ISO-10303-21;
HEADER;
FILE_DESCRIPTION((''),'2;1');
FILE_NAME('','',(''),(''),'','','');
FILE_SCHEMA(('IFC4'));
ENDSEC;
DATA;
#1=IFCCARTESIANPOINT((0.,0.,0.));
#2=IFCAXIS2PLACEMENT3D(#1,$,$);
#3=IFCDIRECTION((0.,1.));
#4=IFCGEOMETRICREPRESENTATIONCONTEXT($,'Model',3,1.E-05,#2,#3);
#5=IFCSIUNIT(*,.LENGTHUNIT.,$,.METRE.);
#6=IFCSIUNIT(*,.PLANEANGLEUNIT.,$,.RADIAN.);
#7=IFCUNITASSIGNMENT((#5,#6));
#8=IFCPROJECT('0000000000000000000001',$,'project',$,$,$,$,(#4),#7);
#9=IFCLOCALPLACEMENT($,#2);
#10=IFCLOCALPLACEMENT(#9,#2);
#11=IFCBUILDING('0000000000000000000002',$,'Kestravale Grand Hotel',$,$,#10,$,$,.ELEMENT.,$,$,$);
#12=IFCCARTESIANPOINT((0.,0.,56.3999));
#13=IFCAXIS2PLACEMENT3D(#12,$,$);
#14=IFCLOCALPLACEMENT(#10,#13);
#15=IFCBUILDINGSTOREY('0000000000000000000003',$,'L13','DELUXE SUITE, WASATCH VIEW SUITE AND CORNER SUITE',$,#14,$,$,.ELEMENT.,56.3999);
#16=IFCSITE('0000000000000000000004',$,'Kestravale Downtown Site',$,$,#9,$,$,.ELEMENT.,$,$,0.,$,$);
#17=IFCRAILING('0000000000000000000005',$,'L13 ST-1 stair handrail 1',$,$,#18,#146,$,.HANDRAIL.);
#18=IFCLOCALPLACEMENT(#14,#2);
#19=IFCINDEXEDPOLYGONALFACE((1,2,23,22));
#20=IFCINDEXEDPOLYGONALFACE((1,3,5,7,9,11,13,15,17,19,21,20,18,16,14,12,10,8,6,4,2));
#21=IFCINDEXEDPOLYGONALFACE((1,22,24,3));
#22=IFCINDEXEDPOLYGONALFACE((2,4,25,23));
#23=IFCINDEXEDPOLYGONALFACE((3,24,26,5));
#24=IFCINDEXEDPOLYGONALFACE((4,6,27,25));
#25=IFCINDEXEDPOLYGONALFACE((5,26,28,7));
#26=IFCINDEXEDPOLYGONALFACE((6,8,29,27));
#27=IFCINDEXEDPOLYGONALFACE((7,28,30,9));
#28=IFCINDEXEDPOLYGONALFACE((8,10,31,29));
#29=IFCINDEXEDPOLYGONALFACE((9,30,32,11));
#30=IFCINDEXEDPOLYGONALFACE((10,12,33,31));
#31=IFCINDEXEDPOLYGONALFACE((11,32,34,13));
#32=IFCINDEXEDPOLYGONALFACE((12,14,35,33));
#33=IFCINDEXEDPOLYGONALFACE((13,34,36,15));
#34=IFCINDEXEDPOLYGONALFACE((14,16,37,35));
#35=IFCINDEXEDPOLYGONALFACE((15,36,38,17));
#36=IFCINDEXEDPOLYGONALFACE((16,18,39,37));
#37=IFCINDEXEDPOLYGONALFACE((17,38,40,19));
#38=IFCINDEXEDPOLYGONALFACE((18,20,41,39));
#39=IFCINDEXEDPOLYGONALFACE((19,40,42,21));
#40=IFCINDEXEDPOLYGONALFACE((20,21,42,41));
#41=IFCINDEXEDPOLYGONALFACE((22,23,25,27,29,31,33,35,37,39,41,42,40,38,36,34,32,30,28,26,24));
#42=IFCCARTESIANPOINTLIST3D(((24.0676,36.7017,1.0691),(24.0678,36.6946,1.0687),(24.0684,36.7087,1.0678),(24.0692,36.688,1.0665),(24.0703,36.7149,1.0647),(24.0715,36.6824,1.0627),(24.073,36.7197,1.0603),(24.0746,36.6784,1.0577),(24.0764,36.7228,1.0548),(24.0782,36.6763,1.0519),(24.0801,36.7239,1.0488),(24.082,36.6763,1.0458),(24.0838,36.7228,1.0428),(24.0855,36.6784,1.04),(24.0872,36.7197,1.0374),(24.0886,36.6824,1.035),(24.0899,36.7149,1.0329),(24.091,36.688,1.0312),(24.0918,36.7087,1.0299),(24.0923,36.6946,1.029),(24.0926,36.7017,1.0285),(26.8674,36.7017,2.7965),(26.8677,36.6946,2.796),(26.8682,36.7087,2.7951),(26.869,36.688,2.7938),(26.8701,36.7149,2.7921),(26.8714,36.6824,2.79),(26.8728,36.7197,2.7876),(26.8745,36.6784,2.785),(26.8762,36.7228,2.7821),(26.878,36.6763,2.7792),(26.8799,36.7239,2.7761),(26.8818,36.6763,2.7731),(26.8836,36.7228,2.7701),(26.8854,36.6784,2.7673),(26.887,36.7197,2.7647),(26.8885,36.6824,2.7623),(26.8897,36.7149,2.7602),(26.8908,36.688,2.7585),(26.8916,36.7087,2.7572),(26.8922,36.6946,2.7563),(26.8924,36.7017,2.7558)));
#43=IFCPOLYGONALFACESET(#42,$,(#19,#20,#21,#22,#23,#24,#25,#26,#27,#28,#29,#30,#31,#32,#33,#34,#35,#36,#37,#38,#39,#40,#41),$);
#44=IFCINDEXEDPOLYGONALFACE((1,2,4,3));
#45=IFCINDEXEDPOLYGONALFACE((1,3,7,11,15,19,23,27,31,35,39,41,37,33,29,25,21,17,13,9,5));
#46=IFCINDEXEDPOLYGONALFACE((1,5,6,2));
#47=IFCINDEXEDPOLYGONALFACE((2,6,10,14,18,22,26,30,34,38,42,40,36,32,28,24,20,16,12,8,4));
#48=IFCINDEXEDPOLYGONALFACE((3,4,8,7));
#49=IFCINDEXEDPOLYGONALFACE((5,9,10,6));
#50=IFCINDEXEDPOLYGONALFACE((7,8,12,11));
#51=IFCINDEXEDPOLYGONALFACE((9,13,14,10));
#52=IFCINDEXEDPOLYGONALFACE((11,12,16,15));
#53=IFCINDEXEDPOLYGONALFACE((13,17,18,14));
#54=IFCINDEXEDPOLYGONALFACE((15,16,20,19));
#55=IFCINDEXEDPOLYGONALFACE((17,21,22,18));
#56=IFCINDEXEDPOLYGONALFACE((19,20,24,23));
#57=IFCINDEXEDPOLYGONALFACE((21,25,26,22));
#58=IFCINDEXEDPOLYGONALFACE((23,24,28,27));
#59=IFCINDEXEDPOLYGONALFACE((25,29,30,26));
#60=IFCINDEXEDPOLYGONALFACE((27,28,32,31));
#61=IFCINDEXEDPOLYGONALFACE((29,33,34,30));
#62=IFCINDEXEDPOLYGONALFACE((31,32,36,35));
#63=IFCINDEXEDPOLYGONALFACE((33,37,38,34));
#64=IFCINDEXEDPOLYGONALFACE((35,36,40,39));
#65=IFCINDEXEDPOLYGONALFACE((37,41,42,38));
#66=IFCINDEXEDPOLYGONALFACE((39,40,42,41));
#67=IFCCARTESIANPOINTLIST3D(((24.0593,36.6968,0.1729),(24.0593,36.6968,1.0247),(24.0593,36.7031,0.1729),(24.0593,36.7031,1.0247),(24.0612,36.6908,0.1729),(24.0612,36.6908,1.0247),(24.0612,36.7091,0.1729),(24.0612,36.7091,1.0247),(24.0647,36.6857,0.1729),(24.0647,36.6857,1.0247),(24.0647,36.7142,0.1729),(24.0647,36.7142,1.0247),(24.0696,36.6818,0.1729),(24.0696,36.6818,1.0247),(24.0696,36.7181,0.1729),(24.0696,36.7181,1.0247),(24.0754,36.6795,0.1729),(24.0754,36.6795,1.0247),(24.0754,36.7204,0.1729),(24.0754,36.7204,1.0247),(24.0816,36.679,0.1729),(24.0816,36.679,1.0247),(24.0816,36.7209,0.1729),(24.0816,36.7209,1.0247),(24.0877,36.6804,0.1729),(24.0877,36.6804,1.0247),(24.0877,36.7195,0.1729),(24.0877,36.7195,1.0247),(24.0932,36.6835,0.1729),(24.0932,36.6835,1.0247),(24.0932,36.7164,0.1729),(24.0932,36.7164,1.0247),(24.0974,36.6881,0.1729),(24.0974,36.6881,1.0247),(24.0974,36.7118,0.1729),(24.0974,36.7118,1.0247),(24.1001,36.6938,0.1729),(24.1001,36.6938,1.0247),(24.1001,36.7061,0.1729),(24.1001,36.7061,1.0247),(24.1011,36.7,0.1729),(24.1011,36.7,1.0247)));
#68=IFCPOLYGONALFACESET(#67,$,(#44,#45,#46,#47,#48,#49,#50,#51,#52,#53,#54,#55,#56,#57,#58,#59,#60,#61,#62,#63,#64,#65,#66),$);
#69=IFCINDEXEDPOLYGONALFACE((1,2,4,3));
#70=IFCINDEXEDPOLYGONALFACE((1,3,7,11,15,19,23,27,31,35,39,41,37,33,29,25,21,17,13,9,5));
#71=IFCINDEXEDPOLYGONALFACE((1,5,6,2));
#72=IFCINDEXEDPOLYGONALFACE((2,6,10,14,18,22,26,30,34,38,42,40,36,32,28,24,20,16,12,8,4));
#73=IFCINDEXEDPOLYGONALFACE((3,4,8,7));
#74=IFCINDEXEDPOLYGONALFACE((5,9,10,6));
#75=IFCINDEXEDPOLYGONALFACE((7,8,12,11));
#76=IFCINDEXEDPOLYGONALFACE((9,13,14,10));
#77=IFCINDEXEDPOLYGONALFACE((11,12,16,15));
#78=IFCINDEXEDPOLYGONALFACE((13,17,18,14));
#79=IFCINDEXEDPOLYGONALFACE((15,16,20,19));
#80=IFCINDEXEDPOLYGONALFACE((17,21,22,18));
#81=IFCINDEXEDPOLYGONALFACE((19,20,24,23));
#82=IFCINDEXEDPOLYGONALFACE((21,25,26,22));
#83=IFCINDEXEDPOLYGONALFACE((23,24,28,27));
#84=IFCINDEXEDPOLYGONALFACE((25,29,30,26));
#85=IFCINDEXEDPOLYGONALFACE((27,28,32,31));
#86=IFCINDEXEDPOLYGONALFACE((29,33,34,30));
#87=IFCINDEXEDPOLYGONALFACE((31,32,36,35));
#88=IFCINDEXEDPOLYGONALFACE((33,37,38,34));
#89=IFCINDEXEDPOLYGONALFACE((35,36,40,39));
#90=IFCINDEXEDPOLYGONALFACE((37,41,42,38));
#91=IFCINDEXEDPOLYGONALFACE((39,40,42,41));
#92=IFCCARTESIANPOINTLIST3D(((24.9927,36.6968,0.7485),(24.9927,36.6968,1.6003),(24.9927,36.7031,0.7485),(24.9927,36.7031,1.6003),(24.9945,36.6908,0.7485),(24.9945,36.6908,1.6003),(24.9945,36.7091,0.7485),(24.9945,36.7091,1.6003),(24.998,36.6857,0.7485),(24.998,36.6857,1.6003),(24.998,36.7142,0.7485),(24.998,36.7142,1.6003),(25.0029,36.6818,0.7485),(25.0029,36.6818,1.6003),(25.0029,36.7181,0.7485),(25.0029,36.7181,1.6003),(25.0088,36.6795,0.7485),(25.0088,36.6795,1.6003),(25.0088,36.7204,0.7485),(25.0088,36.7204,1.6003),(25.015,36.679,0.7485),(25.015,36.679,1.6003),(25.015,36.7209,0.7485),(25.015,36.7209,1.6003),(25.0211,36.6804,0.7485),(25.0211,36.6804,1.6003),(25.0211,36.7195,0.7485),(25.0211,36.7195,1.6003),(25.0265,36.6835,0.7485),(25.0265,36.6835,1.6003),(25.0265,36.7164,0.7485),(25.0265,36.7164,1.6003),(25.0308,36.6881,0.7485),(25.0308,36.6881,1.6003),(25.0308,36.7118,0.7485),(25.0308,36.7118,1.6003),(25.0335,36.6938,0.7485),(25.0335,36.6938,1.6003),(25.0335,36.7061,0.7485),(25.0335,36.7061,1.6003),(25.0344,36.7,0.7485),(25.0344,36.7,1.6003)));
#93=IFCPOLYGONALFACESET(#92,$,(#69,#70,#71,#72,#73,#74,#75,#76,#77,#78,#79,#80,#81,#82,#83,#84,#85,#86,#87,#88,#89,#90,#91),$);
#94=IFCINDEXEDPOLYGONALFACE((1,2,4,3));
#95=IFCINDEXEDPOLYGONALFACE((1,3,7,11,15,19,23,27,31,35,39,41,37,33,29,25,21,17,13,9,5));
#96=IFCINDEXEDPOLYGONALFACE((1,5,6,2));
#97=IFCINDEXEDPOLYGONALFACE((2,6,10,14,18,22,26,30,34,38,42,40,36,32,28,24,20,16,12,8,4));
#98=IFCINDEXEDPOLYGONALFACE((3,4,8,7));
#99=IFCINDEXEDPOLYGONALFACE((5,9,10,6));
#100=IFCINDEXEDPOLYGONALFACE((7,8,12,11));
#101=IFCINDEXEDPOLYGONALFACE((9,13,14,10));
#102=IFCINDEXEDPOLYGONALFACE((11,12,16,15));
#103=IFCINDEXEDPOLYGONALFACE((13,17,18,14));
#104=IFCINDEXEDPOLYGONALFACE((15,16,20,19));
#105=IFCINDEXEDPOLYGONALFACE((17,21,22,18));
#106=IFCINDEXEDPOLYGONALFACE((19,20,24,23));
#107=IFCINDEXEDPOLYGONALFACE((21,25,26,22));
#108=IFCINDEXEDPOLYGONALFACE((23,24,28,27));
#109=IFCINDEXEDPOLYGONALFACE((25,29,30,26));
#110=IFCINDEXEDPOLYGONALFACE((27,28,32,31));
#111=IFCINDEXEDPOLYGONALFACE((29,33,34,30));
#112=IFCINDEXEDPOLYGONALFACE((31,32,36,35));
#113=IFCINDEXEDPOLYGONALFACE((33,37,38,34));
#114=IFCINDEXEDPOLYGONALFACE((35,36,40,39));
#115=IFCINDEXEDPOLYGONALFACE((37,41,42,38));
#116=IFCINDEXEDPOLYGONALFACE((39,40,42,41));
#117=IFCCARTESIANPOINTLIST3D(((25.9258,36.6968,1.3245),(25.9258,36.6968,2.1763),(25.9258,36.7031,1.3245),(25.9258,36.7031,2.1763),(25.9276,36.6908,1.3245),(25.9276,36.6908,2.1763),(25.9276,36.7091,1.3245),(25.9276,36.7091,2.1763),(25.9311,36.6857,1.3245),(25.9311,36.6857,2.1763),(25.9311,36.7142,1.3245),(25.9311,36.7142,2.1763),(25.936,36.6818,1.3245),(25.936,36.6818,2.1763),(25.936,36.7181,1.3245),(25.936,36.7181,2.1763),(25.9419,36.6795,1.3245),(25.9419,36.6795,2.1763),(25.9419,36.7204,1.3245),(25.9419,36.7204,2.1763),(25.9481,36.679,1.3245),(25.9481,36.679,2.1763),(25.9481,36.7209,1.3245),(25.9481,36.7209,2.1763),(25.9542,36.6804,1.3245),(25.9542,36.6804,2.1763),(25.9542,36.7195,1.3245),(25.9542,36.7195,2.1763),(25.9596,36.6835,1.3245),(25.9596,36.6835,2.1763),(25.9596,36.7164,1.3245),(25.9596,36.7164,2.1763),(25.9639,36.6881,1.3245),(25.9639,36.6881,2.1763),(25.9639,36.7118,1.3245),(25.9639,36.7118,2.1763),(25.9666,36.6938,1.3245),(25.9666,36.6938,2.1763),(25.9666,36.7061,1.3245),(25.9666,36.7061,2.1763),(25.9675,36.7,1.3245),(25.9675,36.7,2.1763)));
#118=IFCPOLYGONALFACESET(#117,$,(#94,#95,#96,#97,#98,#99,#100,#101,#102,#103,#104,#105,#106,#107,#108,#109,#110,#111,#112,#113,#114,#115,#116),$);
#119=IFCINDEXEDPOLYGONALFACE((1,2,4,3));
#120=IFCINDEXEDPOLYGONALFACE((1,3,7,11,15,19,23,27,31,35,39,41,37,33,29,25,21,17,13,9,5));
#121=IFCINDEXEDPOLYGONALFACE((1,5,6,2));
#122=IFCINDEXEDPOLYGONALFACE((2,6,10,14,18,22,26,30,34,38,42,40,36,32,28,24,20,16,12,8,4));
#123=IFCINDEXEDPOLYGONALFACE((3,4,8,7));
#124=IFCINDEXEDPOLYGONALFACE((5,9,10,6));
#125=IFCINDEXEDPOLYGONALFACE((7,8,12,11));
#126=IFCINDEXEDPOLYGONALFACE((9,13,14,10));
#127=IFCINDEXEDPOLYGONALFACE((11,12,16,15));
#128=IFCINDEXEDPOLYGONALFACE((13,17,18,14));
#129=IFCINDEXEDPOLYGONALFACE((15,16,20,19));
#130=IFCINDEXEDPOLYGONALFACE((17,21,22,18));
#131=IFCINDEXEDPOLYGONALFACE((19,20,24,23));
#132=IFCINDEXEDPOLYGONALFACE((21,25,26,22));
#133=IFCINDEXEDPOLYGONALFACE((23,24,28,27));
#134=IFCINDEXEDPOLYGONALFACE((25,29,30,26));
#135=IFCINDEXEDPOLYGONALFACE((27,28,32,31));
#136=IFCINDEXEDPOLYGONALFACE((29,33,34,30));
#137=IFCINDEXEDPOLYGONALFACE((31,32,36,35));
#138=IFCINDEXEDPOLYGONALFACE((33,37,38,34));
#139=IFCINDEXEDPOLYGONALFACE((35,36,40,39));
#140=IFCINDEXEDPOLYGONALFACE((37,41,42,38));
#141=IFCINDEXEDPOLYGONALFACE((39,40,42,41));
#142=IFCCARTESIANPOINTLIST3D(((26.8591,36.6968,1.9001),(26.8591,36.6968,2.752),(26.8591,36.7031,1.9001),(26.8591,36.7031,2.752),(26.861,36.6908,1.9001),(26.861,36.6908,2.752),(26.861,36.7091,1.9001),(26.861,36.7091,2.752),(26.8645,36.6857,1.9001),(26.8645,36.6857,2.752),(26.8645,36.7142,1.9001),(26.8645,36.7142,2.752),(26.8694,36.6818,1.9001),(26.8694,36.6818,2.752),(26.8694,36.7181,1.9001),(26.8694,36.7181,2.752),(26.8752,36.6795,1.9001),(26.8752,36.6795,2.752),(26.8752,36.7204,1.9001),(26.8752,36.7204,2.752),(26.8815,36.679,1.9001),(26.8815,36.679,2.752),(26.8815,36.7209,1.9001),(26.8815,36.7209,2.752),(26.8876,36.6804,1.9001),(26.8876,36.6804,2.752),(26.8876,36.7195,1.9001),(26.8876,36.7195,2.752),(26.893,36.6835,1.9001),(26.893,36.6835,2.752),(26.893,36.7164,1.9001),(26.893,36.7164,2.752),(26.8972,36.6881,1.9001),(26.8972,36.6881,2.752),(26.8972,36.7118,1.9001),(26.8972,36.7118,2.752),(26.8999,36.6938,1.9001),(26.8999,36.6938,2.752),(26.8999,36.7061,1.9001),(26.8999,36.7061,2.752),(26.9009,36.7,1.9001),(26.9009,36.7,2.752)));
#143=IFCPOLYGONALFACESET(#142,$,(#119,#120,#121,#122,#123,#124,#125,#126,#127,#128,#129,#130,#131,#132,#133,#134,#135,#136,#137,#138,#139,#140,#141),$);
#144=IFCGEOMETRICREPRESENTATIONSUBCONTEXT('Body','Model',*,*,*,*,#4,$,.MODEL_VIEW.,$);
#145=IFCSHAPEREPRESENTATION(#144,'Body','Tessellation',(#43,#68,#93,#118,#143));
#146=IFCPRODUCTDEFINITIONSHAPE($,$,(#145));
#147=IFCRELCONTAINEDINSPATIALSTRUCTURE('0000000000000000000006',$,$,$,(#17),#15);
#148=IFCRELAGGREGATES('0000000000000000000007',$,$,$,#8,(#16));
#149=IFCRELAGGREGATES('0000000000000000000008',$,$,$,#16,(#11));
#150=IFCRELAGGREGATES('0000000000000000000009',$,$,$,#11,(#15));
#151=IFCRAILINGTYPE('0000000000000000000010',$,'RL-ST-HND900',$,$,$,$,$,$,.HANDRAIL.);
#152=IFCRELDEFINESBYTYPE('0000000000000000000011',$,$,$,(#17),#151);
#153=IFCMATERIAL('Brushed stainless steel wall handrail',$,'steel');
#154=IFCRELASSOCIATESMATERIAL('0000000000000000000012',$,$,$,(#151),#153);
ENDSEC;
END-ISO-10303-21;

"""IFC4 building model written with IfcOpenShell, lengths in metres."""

from ifc_helpers import new_model, si_unit, direction, frame, origin, origin_2d, place, context, subcontext, project, spatial, circle, extrude, material, type_object, element, save


model = new_model("IFC4")

# Units and contexts
model_context = context("Model", 3, precision=1e-05, world=origin(), true_north=direction((0.0, 1.0)))
body_context = subcontext(model_context, "Body", "Model", "MODEL_VIEW")
ifc_project = project(units=[si_unit("LENGTHUNIT", "METRE"), si_unit("PLANEANGLEUNIT", "RADIAN")], contexts=[model_context])

# Site, building, storey
site_placement = place(None, origin())
site = spatial("IfcSite", under=ifc_project, at=site_placement, Name="Kestravale Downtown Site", CompositionType="ELEMENT", RefElevation=0.0)
building_placement = place(site_placement, origin())
building = spatial("IfcBuilding", under=site, at=building_placement, Name="Kestravale Grand Hotel", CompositionType="ELEMENT")
storey_placement = place(building_placement, frame((0.0, 0.0, 56.3999)))
storey = spatial("IfcBuildingStorey", under=building, at=storey_placement, Name="L13", Description="DELUXE SUITE, WASATCH VIEW SUITE AND CORNER SUITE", CompositionType="ELEMENT", Elevation=56.3999)

# Railing
ifc_material_1 = material(Name="Brushed stainless steel wall handrail", Category="steel")
railing_type_1 = type_object("IfcRailingType", Name="RL-ST-HND900", PredefinedType="HANDRAIL", material=ifc_material_1)
railing_1_placement = place(storey_placement, frame((24.0801, 36.7, 0.1729)))
element("IfcRailing", 1, at=railing_1_placement, inside=storey, type_object=railing_type_1, Name="L13 ST-1 stair handrail 1", PredefinedType="HANDRAIL", context=body_context, shape_type="SweptSolid", body=[
    extrude(circle(Radius=0.0239, at=origin_2d()), frame((0.0, 0.0, 0.876), z_axis=(0.851069, 0.0, 0.525054), x_axis=(0.0, 1.0, 0.0)), (0.0, 0.0, 1.0), 3.2898),
    extrude(circle(Radius=0.021, at=origin_2d()), origin(), (0.0, 0.0, 1.0), 0.8518),
    extrude(circle(Radius=0.021, at=origin_2d()), frame((0.9333, 0.0, 0.5757)), (0.0, 0.0, 1.0), 0.8518),
    extrude(circle(Radius=0.021, at=origin_2d()), frame((1.8665, 0.0, 1.1516)), (0.0, 0.0, 1.0), 0.8518),
    extrude(circle(Radius=0.021, at=origin_2d()), frame((2.7998, 0.0, 1.7273)), (0.0, 0.0, 1.0), 0.8518),
])

save(model, "model.ifc")
